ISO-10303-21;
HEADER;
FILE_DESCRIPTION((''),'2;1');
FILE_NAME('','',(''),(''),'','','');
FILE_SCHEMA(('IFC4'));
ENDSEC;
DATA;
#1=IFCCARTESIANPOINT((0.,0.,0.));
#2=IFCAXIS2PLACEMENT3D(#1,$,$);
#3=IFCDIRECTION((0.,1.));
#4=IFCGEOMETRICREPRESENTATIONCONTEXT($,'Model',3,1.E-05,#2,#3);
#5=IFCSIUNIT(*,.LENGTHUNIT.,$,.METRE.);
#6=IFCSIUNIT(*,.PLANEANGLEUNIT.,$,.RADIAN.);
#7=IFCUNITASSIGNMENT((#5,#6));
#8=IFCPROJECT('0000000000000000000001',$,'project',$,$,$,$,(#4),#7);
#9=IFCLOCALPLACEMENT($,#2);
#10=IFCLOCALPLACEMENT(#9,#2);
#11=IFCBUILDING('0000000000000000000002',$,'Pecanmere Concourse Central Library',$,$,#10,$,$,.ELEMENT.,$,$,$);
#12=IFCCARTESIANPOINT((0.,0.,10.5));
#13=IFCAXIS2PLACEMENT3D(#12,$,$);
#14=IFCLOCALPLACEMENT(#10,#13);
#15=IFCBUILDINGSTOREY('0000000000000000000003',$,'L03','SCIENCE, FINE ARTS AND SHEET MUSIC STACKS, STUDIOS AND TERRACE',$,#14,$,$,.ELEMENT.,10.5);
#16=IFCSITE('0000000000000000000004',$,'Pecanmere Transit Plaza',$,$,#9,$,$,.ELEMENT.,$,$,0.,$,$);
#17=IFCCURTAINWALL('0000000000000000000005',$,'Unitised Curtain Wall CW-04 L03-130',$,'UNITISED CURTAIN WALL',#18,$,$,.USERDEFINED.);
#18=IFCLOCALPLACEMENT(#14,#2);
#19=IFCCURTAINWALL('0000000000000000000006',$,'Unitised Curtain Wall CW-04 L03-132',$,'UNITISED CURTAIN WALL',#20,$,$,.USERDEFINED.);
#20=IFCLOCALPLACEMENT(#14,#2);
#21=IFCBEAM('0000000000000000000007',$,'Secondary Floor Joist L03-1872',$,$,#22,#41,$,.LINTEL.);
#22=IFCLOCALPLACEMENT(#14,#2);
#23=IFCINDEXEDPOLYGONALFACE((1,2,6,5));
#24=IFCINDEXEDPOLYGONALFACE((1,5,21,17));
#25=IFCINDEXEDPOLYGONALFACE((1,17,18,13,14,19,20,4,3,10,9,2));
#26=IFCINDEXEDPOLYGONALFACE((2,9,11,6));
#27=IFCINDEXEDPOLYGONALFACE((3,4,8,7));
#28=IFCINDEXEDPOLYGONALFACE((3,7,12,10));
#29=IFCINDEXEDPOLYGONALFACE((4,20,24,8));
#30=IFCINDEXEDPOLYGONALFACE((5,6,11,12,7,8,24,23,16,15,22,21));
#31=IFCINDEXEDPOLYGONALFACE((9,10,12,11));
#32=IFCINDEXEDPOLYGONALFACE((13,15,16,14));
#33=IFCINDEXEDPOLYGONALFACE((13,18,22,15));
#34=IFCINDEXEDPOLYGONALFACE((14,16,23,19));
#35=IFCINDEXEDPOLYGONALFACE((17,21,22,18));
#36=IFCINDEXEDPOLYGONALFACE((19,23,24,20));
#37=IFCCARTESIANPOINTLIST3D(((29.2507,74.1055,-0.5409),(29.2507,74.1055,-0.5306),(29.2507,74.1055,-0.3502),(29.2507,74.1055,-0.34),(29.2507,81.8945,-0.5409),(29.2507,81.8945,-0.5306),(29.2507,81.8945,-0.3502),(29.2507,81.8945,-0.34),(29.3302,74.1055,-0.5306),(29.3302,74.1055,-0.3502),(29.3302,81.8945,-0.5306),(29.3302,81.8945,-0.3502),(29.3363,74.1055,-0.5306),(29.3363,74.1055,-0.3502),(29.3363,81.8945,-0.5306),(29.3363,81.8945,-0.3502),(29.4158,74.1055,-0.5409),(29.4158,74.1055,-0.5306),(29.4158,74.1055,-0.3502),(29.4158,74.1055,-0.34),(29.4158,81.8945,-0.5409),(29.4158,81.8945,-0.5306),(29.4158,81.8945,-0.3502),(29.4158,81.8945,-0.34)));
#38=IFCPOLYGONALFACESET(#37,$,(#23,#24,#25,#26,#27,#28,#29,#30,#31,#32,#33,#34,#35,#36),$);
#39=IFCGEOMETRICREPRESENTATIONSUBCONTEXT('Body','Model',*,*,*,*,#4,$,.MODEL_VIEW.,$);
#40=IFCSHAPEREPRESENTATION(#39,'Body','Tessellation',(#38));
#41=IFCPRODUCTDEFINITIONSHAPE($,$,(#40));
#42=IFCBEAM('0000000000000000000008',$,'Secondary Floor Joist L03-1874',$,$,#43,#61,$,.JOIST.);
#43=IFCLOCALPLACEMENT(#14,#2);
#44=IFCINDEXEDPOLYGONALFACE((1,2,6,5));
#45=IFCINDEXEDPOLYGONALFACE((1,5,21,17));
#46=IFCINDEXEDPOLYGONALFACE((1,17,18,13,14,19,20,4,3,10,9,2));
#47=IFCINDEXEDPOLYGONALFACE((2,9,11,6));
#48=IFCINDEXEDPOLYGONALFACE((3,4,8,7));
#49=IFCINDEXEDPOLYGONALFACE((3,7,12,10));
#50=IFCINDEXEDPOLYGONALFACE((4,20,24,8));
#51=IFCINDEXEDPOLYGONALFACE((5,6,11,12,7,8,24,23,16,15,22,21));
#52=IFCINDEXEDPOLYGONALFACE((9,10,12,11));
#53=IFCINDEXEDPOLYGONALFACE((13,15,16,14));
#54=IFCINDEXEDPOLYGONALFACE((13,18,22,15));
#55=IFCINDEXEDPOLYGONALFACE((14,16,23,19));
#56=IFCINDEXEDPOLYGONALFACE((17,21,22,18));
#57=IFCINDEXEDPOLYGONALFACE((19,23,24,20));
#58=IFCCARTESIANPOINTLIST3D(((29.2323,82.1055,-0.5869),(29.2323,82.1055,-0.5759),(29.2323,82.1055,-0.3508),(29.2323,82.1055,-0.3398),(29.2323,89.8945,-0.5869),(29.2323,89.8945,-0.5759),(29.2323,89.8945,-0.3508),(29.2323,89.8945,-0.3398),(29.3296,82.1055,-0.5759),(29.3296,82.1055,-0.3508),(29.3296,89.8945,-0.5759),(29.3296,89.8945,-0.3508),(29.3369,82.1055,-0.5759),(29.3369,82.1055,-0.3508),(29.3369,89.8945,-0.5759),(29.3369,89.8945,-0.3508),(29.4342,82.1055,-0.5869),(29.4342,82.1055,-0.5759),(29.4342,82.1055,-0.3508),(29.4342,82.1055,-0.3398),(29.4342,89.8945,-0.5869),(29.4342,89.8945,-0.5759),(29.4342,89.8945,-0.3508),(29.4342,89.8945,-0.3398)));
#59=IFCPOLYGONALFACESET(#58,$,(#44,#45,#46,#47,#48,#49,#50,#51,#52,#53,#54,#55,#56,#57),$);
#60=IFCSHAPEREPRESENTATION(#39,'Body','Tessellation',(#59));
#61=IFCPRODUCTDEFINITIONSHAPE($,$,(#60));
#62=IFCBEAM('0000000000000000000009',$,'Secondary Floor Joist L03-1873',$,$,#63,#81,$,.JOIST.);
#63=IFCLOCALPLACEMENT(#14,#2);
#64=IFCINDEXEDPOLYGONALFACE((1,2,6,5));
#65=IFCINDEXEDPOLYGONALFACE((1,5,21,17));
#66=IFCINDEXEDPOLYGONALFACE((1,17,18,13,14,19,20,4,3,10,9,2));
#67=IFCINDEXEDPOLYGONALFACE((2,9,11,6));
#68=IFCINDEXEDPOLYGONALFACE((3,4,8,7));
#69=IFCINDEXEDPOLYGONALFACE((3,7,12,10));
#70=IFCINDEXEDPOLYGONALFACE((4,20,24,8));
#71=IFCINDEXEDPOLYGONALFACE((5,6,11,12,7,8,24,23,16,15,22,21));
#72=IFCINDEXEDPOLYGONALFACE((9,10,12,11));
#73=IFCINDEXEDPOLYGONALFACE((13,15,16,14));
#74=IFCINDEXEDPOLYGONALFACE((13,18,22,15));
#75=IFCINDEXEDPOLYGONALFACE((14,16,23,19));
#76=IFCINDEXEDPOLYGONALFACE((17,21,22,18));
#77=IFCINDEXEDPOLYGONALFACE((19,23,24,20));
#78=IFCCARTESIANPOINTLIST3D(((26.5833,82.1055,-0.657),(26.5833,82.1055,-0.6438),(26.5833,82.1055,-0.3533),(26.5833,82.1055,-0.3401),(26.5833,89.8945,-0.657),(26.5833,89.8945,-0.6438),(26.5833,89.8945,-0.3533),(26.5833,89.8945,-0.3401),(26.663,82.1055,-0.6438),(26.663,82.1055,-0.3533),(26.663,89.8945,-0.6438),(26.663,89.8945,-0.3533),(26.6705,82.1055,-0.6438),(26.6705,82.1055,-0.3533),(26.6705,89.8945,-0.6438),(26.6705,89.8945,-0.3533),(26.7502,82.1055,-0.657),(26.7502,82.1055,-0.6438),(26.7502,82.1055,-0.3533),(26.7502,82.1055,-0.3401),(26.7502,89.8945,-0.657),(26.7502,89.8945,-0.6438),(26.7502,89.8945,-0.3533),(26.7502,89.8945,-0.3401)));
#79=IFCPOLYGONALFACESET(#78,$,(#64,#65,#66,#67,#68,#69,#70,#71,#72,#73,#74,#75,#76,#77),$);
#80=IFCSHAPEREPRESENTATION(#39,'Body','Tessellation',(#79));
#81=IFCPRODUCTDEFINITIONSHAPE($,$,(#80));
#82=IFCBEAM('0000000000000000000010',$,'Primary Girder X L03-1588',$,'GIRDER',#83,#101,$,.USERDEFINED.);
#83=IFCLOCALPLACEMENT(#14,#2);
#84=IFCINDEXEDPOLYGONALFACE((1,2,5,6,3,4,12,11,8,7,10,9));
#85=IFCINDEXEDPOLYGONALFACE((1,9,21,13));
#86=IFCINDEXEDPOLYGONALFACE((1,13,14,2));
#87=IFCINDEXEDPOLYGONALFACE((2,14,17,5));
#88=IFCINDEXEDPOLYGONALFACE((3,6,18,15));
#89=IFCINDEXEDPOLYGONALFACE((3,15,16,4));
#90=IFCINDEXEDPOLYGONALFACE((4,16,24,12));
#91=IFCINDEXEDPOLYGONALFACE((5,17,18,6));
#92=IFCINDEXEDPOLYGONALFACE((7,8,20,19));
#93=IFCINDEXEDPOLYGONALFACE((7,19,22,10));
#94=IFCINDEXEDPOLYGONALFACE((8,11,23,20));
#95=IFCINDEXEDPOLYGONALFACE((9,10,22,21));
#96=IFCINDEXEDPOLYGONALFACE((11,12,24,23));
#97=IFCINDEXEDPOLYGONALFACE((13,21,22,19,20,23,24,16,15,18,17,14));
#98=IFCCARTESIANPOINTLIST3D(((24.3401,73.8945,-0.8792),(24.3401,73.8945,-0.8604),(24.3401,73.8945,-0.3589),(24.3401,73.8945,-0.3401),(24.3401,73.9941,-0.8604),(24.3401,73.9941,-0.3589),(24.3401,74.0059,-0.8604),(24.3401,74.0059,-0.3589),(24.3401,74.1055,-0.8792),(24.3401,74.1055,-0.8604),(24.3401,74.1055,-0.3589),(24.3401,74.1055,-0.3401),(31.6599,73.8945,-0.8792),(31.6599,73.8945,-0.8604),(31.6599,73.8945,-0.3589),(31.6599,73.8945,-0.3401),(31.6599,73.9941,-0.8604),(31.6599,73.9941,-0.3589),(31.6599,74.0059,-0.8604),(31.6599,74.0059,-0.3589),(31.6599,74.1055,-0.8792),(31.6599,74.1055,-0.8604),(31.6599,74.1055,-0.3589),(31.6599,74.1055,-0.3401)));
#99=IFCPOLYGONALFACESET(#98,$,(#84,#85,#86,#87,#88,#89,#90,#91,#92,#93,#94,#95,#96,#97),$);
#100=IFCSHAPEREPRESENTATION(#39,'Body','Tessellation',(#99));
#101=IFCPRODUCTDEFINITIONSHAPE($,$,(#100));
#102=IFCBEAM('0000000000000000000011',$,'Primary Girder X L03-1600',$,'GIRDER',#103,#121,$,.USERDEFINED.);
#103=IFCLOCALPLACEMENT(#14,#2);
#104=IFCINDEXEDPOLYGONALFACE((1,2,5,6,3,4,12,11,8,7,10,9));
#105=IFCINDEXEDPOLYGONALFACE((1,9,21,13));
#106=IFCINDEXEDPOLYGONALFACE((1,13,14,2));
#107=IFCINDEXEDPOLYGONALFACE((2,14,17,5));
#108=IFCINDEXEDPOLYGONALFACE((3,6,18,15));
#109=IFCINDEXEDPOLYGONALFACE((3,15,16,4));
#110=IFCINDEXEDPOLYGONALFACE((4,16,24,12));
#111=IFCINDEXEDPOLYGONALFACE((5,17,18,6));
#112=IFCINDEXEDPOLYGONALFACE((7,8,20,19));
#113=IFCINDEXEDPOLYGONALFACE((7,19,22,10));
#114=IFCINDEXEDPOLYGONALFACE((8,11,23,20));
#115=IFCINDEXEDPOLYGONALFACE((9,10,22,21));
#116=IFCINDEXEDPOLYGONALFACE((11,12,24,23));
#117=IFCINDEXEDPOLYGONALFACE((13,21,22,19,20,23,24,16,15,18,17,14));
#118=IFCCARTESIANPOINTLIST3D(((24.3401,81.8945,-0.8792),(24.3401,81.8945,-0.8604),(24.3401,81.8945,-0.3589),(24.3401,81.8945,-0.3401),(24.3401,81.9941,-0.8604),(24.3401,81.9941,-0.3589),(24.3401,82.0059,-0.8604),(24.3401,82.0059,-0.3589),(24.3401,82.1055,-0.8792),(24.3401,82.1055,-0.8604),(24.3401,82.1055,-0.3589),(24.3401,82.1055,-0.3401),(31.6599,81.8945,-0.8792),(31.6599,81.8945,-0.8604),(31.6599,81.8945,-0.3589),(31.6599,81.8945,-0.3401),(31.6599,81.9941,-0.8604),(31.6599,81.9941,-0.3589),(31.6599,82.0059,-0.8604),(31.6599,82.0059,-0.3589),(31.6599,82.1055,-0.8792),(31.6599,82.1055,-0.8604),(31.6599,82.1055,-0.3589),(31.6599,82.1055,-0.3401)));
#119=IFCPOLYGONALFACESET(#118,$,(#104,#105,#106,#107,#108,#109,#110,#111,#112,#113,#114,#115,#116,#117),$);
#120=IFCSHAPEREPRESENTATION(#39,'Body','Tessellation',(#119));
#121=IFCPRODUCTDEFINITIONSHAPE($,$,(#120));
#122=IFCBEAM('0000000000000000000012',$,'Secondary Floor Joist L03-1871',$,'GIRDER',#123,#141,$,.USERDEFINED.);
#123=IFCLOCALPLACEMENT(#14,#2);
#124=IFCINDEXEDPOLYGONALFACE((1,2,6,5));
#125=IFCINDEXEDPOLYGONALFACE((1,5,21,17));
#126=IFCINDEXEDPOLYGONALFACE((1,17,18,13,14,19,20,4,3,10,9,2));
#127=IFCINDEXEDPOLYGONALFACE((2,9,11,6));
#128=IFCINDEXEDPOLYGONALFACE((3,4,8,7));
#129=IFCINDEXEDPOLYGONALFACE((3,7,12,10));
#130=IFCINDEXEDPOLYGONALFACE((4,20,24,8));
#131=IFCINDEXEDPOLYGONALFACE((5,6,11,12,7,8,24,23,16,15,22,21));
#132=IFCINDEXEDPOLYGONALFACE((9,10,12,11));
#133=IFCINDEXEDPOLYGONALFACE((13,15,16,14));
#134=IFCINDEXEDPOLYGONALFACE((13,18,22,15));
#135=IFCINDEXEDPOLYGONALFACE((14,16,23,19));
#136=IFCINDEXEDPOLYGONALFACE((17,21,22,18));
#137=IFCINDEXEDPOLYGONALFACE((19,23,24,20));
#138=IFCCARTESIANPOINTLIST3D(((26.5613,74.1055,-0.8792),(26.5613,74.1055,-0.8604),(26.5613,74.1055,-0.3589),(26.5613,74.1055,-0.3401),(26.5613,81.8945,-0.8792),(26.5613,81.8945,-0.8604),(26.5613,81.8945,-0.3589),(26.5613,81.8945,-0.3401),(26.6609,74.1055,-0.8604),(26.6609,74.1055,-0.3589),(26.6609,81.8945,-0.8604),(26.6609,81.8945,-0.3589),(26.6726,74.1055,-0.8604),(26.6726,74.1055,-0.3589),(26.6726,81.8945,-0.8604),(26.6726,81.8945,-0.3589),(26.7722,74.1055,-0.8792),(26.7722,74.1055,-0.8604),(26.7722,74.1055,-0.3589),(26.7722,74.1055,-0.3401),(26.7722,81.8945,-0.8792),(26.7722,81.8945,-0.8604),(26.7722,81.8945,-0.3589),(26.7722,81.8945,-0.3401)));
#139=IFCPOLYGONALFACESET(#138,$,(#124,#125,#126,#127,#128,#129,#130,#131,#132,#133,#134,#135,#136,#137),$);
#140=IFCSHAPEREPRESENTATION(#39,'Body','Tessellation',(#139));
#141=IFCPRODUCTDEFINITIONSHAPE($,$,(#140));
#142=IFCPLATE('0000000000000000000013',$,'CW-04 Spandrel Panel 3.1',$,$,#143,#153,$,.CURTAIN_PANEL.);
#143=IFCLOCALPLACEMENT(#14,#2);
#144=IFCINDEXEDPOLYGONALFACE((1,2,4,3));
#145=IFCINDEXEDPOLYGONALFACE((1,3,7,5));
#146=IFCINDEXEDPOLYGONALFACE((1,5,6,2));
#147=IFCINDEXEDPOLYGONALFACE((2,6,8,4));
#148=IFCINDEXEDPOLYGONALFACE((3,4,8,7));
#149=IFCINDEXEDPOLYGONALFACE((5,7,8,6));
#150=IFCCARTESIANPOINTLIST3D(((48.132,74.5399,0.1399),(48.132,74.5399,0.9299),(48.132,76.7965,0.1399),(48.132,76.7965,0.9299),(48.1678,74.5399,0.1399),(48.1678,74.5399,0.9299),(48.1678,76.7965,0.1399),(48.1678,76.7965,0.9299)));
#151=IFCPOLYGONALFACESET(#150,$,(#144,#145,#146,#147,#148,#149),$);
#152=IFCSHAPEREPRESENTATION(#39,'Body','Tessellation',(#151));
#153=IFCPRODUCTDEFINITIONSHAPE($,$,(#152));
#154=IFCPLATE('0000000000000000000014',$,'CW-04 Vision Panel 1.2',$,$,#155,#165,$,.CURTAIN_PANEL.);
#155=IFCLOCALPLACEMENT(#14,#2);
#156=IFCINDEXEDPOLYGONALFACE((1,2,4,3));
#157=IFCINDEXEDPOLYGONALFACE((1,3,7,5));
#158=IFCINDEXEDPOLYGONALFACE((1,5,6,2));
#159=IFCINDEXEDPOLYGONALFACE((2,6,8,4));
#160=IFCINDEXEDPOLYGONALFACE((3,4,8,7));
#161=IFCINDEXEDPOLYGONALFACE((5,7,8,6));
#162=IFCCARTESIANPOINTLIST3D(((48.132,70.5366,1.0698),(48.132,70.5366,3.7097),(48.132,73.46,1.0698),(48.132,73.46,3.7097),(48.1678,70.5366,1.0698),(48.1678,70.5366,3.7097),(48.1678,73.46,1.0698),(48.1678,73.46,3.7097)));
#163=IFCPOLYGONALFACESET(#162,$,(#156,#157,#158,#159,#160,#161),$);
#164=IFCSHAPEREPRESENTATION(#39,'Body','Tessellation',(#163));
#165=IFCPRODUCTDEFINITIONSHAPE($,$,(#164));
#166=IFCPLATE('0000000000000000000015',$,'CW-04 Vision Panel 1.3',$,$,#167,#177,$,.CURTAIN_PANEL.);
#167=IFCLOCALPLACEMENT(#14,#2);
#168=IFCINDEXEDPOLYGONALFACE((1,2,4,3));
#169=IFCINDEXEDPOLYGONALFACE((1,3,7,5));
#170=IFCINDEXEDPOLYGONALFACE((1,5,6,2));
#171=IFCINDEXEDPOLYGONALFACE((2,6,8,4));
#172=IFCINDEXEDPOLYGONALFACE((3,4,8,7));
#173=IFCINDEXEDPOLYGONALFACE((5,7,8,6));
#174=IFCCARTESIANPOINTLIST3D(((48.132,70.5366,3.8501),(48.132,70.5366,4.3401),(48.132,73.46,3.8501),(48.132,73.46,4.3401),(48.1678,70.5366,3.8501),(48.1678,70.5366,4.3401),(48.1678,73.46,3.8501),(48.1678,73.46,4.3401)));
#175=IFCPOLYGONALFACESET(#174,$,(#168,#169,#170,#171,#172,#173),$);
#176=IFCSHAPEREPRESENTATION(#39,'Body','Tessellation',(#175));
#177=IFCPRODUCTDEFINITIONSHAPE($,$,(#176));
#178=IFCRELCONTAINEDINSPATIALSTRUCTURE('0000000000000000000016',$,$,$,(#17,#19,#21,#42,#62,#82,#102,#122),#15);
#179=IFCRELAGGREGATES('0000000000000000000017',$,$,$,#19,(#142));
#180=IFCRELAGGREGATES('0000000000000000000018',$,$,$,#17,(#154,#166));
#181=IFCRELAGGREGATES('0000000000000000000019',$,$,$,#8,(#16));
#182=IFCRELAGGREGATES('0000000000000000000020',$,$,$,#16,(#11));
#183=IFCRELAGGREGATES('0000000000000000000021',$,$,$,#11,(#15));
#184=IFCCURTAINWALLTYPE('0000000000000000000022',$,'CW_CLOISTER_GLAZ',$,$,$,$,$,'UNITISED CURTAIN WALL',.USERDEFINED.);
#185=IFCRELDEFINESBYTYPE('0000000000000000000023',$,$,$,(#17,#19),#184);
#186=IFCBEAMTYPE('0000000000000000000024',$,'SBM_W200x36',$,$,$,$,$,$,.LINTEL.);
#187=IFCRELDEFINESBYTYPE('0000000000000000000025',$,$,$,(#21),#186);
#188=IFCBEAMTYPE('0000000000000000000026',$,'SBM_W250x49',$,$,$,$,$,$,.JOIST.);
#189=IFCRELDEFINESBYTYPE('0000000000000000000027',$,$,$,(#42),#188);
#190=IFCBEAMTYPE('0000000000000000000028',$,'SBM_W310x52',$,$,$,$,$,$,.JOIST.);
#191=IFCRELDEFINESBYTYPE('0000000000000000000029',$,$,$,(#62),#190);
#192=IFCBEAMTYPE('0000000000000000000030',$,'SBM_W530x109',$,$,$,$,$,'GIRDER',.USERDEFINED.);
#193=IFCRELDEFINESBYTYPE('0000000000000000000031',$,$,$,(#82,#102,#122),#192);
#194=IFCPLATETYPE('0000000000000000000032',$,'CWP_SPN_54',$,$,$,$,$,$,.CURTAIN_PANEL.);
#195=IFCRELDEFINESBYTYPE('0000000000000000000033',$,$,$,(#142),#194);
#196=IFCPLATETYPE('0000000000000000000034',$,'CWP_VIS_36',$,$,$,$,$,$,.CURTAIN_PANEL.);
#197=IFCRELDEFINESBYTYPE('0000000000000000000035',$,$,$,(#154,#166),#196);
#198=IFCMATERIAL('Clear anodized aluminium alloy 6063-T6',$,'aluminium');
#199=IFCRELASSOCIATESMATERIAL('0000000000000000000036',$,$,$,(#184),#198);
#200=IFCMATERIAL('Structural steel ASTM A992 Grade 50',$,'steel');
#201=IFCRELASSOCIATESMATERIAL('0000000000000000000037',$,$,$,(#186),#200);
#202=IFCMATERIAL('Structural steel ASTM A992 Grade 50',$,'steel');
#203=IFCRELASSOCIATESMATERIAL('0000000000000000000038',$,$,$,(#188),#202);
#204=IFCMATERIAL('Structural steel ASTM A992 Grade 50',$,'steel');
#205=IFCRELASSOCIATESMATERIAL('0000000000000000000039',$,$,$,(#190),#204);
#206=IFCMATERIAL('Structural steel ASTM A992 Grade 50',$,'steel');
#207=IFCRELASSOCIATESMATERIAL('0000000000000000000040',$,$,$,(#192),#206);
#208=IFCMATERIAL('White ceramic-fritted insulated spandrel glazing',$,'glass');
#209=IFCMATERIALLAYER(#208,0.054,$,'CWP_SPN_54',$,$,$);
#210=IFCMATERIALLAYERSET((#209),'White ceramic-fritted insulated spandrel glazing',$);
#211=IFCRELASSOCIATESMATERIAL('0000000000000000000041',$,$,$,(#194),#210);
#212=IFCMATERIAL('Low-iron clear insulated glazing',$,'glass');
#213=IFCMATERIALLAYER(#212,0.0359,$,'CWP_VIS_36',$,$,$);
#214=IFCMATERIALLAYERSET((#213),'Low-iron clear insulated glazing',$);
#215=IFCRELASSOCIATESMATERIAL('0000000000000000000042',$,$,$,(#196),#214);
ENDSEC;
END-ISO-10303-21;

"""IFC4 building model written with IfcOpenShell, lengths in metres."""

from ifc_helpers import new_model, si_unit, direction, frame, origin, origin_2d, place, context, subcontext, project, spatial, rectangle, i_section, extrude, material, layer, layer_set, material_profile, profile_set, type_object, element, aggregate, save


model = new_model("IFC4")

# Units and contexts
model_context = context("Model", 3, precision=1e-05, world=origin(), true_north=direction((0.0, 1.0)))
body_context = subcontext(model_context, "Body", "Model", "MODEL_VIEW")
ifc_project = project(units=[si_unit("LENGTHUNIT", "METRE"), si_unit("PLANEANGLEUNIT", "RADIAN")], contexts=[model_context])

# Site, building, storey
site_placement = place(None, origin())
site = spatial("IfcSite", under=ifc_project, at=site_placement, Name="Pecanmere Transit Plaza", CompositionType="ELEMENT", RefElevation=0.0)
building_placement = place(site_placement, origin())
building = spatial("IfcBuilding", under=site, at=building_placement, Name="Pecanmere Concourse Central Library", CompositionType="ELEMENT")
storey_placement = place(building_placement, frame((0.0, 0.0, 10.5)))
storey = spatial("IfcBuildingStorey", under=building, at=storey_placement, Name="L03", Description="SCIENCE, FINE ARTS AND SHEET MUSIC STACKS, STUDIOS AND TERRACE", CompositionType="ELEMENT", Elevation=10.5)

# Curtain walls
ifc_material_1 = material(Name="Clear anodized aluminium alloy 6063-T6", Category="aluminium")
curtain_wall_type = type_object("IfcCurtainWallType", Name="CW_CLOISTER_GLAZ", ElementType="UNITISED CURTAIN WALL", PredefinedType="USERDEFINED", material=ifc_material_1)
curtain_wall_1_placement = place(storey_placement, origin())
curtain_wall_1 = element("IfcCurtainWall", 1, at=curtain_wall_1_placement, inside=storey, type_object=curtain_wall_type, Name="Unitised Curtain Wall CW-04 L03-130", ObjectType="UNITISED CURTAIN WALL", PredefinedType="USERDEFINED")
curtain_wall_2_placement = place(storey_placement, origin())
curtain_wall_2 = element("IfcCurtainWall", 2, at=curtain_wall_2_placement, inside=storey, type_object=curtain_wall_type, Name="Unitised Curtain Wall CW-04 L03-132", ObjectType="UNITISED CURTAIN WALL", PredefinedType="USERDEFINED")

# Beams
ifc_material_2 = material(Name="Structural steel ASTM A992 Grade 50", Category="steel")
ifc_material_profile_1 = material_profile(ifc_material_2, i_section(OverallWidth=0.165, OverallDepth=0.2009, WebThickness=0.0061, FlangeThickness=0.0103, at=origin_2d()), Name="W200x35.9")
ifc_profile_set_1 = profile_set([ifc_material_profile_1], Name="Structural steel ASTM A992 Grade 50")
beam_type_1 = type_object("IfcBeamType", Name="SBM_W200x36", PredefinedType="LINTEL", material=ifc_profile_set_1)
beam_1_placement = place(storey_placement, frame((29.3333, 74.1055, -0.4404), z_axis=(0.0, 1.0, 0.0), x_axis=(-1.0, 0.0, 0.0)))
element("IfcBeam", 3, at=beam_1_placement, inside=storey, type_object=beam_type_1, Name="Secondary Floor Joist L03-1872", PredefinedType="LINTEL", context=body_context, shape_type="SweptSolid", body=[
    extrude(i_section(OverallWidth=0.165, OverallDepth=0.2009, WebThickness=0.0061, FlangeThickness=0.0103, at=origin_2d()), origin(), (0.0, 0.0, 1.0), 7.7891),
])
ifc_material_3 = material(Name="Structural steel ASTM A992 Grade 50", Category="steel")
ifc_material_profile_2 = material_profile(ifc_material_3, i_section(OverallWidth=0.2019, OverallDepth=0.2471, WebThickness=0.0073, FlangeThickness=0.011, at=origin_2d()), Name="W250x49.1")
ifc_profile_set_2 = profile_set([ifc_material_profile_2], Name="Structural steel ASTM A992 Grade 50")
beam_type_2 = type_object("IfcBeamType", Name="SBM_W250x49", PredefinedType="JOIST", material=ifc_profile_set_2)
beam_2_placement = place(storey_placement, frame((29.3333, 82.1055, -0.4634), z_axis=(0.0, 1.0, 0.0), x_axis=(-1.0, 0.0, 0.0)))
element("IfcBeam", 4, at=beam_2_placement, inside=storey, type_object=beam_type_2, Name="Secondary Floor Joist L03-1874", PredefinedType="JOIST", context=body_context, shape_type="SweptSolid", body=[
    extrude(i_section(OverallWidth=0.2019, OverallDepth=0.2471, WebThickness=0.0073, FlangeThickness=0.011, at=origin_2d()), origin(), (0.0, 0.0, 1.0), 7.7891),
])
ifc_material_4 = material(Name="Structural steel ASTM A992 Grade 50", Category="steel")
ifc_material_profile_3 = material_profile(ifc_material_4, i_section(OverallWidth=0.167, OverallDepth=0.3169, WebThickness=0.0076, FlangeThickness=0.0132, at=origin_2d()), Name="W310x52")
ifc_profile_set_3 = profile_set([ifc_material_profile_3], Name="Structural steel ASTM A992 Grade 50")
beam_type_3 = type_object("IfcBeamType", Name="SBM_W310x52", PredefinedType="JOIST", material=ifc_profile_set_3)
beam_3_placement = place(storey_placement, frame((26.6667, 82.1055, -0.4985), z_axis=(0.0, 1.0, 0.0), x_axis=(-1.0, 0.0, 0.0)))
element("IfcBeam", 5, at=beam_3_placement, inside=storey, type_object=beam_type_3, Name="Secondary Floor Joist L03-1873", PredefinedType="JOIST", context=body_context, shape_type="SweptSolid", body=[
    extrude(i_section(OverallWidth=0.167, OverallDepth=0.3169, WebThickness=0.0076, FlangeThickness=0.0132, at=origin_2d()), origin(), (0.0, 0.0, 1.0), 7.7891),
])
ifc_material_5 = material(Name="Structural steel ASTM A992 Grade 50", Category="steel")
ifc_material_profile_4 = material_profile(ifc_material_5, i_section(OverallWidth=0.2109, OverallDepth=0.5391, WebThickness=0.0117, FlangeThickness=0.0188, at=origin_2d()), Name="W530x109")
ifc_profile_set_4 = profile_set([ifc_material_profile_4], Name="Structural steel ASTM A992 Grade 50")
beam_type_4 = type_object("IfcBeamType", Name="SBM_W530x109", ElementType="GIRDER", PredefinedType="USERDEFINED", material=ifc_profile_set_4)
for number, where, z_axis, x_axis, name in (
    (6, (24.3401, 74.0, -0.6096), (1.0, 0.0, 0.0), (0.0, 1.0, 0.0), "Primary Girder X L03-1588"),
    (7, (24.3401, 82.0, -0.6096), (1.0, 0.0, 0.0), (0.0, 1.0, 0.0), "Primary Girder X L03-1600"),
):
    element("IfcBeam", number, at=place(storey_placement, frame(where, z_axis=z_axis, x_axis=x_axis)), inside=storey, type_object=beam_type_4, Name=name, ObjectType="GIRDER", PredefinedType="USERDEFINED", context=body_context, shape_type="SweptSolid", body=[
        extrude(i_section(OverallWidth=0.2109, OverallDepth=0.5391, WebThickness=0.0117, FlangeThickness=0.0188, at=origin_2d()), origin(), (0.0, 0.0, 1.0), 7.3198),
    ])
beam_4_placement = place(storey_placement, frame((26.6667, 74.1055, -0.6096), z_axis=(0.0, 1.0, 0.0), x_axis=(-1.0, 0.0, 0.0)))
element("IfcBeam", 8, at=beam_4_placement, inside=storey, type_object=beam_type_4, Name="Secondary Floor Joist L03-1871", ObjectType="GIRDER", PredefinedType="USERDEFINED", context=body_context, shape_type="SweptSolid", body=[
    extrude(i_section(OverallWidth=0.2109, OverallDepth=0.5391, WebThickness=0.0117, FlangeThickness=0.0188, at=origin_2d()), origin(), (0.0, 0.0, 1.0), 7.7891),
])

# Plates
ifc_material_6 = material(Name="White ceramic-fritted insulated spandrel glazing", Category="glass")
ifc_layer_1 = layer(ifc_material_6, 0.054, Name="CWP_SPN_54")
ifc_layer_set_1 = layer_set([ifc_layer_1], Name="White ceramic-fritted insulated spandrel glazing")
plate_type_1 = type_object("IfcPlateType", Name="CWP_SPN_54", PredefinedType="CURTAIN_PANEL", material=ifc_layer_set_1)
plate_1_placement = place(storey_placement, frame((48.1499, 75.6682, 0.1399), z_axis=(0.0, 0.0, 1.0), x_axis=(0.0, -1.0, 0.0)))
plate_1 = element("IfcPlate", 9, at=plate_1_placement, type_object=plate_type_1, Name="CW-04 Spandrel Panel 3.1", PredefinedType="CURTAIN_PANEL", context=body_context, shape_type="SweptSolid", body=[
    extrude(rectangle(XDim=2.2566, YDim=0.0359, at=origin_2d()), origin(), (0.0, 0.0, 1.0), 0.79),
])
aggregate(curtain_wall_2, [plate_1])
ifc_material_7 = material(Name="Low-iron clear insulated glazing", Category="glass")
ifc_layer_2 = layer(ifc_material_7, 0.0359, Name="CWP_VIS_36")
ifc_layer_set_2 = layer_set([ifc_layer_2], Name="Low-iron clear insulated glazing")
plate_type_2 = type_object("IfcPlateType", Name="CWP_VIS_36", PredefinedType="CURTAIN_PANEL", material=ifc_layer_set_2)
plate_2_placement = place(storey_placement, frame((48.1499, 71.9983, 1.0698), z_axis=(0.0, 0.0, 1.0), x_axis=(0.0, -1.0, 0.0)))
plate_2 = element("IfcPlate", 10, at=plate_2_placement, type_object=plate_type_2, Name="CW-04 Vision Panel 1.2", PredefinedType="CURTAIN_PANEL", context=body_context, shape_type="SweptSolid", body=[
    extrude(rectangle(XDim=2.9233, YDim=0.0359, at=origin_2d()), origin(), (0.0, 0.0, 1.0), 2.6399),
])
plate_3_placement = place(storey_placement, frame((48.1499, 71.9983, 3.8501), z_axis=(0.0, 0.0, 1.0), x_axis=(0.0, -1.0, 0.0)))
plate_3 = element("IfcPlate", 11, at=plate_3_placement, type_object=plate_type_2, Name="CW-04 Vision Panel 1.3", PredefinedType="CURTAIN_PANEL", context=body_context, shape_type="SweptSolid", body=[
    extrude(rectangle(XDim=2.9233, YDim=0.0359, at=origin_2d()), origin(), (0.0, 0.0, 1.0), 0.49),
])
aggregate(curtain_wall_1, [plate_2, plate_3])

save(model, "model.ifc")
